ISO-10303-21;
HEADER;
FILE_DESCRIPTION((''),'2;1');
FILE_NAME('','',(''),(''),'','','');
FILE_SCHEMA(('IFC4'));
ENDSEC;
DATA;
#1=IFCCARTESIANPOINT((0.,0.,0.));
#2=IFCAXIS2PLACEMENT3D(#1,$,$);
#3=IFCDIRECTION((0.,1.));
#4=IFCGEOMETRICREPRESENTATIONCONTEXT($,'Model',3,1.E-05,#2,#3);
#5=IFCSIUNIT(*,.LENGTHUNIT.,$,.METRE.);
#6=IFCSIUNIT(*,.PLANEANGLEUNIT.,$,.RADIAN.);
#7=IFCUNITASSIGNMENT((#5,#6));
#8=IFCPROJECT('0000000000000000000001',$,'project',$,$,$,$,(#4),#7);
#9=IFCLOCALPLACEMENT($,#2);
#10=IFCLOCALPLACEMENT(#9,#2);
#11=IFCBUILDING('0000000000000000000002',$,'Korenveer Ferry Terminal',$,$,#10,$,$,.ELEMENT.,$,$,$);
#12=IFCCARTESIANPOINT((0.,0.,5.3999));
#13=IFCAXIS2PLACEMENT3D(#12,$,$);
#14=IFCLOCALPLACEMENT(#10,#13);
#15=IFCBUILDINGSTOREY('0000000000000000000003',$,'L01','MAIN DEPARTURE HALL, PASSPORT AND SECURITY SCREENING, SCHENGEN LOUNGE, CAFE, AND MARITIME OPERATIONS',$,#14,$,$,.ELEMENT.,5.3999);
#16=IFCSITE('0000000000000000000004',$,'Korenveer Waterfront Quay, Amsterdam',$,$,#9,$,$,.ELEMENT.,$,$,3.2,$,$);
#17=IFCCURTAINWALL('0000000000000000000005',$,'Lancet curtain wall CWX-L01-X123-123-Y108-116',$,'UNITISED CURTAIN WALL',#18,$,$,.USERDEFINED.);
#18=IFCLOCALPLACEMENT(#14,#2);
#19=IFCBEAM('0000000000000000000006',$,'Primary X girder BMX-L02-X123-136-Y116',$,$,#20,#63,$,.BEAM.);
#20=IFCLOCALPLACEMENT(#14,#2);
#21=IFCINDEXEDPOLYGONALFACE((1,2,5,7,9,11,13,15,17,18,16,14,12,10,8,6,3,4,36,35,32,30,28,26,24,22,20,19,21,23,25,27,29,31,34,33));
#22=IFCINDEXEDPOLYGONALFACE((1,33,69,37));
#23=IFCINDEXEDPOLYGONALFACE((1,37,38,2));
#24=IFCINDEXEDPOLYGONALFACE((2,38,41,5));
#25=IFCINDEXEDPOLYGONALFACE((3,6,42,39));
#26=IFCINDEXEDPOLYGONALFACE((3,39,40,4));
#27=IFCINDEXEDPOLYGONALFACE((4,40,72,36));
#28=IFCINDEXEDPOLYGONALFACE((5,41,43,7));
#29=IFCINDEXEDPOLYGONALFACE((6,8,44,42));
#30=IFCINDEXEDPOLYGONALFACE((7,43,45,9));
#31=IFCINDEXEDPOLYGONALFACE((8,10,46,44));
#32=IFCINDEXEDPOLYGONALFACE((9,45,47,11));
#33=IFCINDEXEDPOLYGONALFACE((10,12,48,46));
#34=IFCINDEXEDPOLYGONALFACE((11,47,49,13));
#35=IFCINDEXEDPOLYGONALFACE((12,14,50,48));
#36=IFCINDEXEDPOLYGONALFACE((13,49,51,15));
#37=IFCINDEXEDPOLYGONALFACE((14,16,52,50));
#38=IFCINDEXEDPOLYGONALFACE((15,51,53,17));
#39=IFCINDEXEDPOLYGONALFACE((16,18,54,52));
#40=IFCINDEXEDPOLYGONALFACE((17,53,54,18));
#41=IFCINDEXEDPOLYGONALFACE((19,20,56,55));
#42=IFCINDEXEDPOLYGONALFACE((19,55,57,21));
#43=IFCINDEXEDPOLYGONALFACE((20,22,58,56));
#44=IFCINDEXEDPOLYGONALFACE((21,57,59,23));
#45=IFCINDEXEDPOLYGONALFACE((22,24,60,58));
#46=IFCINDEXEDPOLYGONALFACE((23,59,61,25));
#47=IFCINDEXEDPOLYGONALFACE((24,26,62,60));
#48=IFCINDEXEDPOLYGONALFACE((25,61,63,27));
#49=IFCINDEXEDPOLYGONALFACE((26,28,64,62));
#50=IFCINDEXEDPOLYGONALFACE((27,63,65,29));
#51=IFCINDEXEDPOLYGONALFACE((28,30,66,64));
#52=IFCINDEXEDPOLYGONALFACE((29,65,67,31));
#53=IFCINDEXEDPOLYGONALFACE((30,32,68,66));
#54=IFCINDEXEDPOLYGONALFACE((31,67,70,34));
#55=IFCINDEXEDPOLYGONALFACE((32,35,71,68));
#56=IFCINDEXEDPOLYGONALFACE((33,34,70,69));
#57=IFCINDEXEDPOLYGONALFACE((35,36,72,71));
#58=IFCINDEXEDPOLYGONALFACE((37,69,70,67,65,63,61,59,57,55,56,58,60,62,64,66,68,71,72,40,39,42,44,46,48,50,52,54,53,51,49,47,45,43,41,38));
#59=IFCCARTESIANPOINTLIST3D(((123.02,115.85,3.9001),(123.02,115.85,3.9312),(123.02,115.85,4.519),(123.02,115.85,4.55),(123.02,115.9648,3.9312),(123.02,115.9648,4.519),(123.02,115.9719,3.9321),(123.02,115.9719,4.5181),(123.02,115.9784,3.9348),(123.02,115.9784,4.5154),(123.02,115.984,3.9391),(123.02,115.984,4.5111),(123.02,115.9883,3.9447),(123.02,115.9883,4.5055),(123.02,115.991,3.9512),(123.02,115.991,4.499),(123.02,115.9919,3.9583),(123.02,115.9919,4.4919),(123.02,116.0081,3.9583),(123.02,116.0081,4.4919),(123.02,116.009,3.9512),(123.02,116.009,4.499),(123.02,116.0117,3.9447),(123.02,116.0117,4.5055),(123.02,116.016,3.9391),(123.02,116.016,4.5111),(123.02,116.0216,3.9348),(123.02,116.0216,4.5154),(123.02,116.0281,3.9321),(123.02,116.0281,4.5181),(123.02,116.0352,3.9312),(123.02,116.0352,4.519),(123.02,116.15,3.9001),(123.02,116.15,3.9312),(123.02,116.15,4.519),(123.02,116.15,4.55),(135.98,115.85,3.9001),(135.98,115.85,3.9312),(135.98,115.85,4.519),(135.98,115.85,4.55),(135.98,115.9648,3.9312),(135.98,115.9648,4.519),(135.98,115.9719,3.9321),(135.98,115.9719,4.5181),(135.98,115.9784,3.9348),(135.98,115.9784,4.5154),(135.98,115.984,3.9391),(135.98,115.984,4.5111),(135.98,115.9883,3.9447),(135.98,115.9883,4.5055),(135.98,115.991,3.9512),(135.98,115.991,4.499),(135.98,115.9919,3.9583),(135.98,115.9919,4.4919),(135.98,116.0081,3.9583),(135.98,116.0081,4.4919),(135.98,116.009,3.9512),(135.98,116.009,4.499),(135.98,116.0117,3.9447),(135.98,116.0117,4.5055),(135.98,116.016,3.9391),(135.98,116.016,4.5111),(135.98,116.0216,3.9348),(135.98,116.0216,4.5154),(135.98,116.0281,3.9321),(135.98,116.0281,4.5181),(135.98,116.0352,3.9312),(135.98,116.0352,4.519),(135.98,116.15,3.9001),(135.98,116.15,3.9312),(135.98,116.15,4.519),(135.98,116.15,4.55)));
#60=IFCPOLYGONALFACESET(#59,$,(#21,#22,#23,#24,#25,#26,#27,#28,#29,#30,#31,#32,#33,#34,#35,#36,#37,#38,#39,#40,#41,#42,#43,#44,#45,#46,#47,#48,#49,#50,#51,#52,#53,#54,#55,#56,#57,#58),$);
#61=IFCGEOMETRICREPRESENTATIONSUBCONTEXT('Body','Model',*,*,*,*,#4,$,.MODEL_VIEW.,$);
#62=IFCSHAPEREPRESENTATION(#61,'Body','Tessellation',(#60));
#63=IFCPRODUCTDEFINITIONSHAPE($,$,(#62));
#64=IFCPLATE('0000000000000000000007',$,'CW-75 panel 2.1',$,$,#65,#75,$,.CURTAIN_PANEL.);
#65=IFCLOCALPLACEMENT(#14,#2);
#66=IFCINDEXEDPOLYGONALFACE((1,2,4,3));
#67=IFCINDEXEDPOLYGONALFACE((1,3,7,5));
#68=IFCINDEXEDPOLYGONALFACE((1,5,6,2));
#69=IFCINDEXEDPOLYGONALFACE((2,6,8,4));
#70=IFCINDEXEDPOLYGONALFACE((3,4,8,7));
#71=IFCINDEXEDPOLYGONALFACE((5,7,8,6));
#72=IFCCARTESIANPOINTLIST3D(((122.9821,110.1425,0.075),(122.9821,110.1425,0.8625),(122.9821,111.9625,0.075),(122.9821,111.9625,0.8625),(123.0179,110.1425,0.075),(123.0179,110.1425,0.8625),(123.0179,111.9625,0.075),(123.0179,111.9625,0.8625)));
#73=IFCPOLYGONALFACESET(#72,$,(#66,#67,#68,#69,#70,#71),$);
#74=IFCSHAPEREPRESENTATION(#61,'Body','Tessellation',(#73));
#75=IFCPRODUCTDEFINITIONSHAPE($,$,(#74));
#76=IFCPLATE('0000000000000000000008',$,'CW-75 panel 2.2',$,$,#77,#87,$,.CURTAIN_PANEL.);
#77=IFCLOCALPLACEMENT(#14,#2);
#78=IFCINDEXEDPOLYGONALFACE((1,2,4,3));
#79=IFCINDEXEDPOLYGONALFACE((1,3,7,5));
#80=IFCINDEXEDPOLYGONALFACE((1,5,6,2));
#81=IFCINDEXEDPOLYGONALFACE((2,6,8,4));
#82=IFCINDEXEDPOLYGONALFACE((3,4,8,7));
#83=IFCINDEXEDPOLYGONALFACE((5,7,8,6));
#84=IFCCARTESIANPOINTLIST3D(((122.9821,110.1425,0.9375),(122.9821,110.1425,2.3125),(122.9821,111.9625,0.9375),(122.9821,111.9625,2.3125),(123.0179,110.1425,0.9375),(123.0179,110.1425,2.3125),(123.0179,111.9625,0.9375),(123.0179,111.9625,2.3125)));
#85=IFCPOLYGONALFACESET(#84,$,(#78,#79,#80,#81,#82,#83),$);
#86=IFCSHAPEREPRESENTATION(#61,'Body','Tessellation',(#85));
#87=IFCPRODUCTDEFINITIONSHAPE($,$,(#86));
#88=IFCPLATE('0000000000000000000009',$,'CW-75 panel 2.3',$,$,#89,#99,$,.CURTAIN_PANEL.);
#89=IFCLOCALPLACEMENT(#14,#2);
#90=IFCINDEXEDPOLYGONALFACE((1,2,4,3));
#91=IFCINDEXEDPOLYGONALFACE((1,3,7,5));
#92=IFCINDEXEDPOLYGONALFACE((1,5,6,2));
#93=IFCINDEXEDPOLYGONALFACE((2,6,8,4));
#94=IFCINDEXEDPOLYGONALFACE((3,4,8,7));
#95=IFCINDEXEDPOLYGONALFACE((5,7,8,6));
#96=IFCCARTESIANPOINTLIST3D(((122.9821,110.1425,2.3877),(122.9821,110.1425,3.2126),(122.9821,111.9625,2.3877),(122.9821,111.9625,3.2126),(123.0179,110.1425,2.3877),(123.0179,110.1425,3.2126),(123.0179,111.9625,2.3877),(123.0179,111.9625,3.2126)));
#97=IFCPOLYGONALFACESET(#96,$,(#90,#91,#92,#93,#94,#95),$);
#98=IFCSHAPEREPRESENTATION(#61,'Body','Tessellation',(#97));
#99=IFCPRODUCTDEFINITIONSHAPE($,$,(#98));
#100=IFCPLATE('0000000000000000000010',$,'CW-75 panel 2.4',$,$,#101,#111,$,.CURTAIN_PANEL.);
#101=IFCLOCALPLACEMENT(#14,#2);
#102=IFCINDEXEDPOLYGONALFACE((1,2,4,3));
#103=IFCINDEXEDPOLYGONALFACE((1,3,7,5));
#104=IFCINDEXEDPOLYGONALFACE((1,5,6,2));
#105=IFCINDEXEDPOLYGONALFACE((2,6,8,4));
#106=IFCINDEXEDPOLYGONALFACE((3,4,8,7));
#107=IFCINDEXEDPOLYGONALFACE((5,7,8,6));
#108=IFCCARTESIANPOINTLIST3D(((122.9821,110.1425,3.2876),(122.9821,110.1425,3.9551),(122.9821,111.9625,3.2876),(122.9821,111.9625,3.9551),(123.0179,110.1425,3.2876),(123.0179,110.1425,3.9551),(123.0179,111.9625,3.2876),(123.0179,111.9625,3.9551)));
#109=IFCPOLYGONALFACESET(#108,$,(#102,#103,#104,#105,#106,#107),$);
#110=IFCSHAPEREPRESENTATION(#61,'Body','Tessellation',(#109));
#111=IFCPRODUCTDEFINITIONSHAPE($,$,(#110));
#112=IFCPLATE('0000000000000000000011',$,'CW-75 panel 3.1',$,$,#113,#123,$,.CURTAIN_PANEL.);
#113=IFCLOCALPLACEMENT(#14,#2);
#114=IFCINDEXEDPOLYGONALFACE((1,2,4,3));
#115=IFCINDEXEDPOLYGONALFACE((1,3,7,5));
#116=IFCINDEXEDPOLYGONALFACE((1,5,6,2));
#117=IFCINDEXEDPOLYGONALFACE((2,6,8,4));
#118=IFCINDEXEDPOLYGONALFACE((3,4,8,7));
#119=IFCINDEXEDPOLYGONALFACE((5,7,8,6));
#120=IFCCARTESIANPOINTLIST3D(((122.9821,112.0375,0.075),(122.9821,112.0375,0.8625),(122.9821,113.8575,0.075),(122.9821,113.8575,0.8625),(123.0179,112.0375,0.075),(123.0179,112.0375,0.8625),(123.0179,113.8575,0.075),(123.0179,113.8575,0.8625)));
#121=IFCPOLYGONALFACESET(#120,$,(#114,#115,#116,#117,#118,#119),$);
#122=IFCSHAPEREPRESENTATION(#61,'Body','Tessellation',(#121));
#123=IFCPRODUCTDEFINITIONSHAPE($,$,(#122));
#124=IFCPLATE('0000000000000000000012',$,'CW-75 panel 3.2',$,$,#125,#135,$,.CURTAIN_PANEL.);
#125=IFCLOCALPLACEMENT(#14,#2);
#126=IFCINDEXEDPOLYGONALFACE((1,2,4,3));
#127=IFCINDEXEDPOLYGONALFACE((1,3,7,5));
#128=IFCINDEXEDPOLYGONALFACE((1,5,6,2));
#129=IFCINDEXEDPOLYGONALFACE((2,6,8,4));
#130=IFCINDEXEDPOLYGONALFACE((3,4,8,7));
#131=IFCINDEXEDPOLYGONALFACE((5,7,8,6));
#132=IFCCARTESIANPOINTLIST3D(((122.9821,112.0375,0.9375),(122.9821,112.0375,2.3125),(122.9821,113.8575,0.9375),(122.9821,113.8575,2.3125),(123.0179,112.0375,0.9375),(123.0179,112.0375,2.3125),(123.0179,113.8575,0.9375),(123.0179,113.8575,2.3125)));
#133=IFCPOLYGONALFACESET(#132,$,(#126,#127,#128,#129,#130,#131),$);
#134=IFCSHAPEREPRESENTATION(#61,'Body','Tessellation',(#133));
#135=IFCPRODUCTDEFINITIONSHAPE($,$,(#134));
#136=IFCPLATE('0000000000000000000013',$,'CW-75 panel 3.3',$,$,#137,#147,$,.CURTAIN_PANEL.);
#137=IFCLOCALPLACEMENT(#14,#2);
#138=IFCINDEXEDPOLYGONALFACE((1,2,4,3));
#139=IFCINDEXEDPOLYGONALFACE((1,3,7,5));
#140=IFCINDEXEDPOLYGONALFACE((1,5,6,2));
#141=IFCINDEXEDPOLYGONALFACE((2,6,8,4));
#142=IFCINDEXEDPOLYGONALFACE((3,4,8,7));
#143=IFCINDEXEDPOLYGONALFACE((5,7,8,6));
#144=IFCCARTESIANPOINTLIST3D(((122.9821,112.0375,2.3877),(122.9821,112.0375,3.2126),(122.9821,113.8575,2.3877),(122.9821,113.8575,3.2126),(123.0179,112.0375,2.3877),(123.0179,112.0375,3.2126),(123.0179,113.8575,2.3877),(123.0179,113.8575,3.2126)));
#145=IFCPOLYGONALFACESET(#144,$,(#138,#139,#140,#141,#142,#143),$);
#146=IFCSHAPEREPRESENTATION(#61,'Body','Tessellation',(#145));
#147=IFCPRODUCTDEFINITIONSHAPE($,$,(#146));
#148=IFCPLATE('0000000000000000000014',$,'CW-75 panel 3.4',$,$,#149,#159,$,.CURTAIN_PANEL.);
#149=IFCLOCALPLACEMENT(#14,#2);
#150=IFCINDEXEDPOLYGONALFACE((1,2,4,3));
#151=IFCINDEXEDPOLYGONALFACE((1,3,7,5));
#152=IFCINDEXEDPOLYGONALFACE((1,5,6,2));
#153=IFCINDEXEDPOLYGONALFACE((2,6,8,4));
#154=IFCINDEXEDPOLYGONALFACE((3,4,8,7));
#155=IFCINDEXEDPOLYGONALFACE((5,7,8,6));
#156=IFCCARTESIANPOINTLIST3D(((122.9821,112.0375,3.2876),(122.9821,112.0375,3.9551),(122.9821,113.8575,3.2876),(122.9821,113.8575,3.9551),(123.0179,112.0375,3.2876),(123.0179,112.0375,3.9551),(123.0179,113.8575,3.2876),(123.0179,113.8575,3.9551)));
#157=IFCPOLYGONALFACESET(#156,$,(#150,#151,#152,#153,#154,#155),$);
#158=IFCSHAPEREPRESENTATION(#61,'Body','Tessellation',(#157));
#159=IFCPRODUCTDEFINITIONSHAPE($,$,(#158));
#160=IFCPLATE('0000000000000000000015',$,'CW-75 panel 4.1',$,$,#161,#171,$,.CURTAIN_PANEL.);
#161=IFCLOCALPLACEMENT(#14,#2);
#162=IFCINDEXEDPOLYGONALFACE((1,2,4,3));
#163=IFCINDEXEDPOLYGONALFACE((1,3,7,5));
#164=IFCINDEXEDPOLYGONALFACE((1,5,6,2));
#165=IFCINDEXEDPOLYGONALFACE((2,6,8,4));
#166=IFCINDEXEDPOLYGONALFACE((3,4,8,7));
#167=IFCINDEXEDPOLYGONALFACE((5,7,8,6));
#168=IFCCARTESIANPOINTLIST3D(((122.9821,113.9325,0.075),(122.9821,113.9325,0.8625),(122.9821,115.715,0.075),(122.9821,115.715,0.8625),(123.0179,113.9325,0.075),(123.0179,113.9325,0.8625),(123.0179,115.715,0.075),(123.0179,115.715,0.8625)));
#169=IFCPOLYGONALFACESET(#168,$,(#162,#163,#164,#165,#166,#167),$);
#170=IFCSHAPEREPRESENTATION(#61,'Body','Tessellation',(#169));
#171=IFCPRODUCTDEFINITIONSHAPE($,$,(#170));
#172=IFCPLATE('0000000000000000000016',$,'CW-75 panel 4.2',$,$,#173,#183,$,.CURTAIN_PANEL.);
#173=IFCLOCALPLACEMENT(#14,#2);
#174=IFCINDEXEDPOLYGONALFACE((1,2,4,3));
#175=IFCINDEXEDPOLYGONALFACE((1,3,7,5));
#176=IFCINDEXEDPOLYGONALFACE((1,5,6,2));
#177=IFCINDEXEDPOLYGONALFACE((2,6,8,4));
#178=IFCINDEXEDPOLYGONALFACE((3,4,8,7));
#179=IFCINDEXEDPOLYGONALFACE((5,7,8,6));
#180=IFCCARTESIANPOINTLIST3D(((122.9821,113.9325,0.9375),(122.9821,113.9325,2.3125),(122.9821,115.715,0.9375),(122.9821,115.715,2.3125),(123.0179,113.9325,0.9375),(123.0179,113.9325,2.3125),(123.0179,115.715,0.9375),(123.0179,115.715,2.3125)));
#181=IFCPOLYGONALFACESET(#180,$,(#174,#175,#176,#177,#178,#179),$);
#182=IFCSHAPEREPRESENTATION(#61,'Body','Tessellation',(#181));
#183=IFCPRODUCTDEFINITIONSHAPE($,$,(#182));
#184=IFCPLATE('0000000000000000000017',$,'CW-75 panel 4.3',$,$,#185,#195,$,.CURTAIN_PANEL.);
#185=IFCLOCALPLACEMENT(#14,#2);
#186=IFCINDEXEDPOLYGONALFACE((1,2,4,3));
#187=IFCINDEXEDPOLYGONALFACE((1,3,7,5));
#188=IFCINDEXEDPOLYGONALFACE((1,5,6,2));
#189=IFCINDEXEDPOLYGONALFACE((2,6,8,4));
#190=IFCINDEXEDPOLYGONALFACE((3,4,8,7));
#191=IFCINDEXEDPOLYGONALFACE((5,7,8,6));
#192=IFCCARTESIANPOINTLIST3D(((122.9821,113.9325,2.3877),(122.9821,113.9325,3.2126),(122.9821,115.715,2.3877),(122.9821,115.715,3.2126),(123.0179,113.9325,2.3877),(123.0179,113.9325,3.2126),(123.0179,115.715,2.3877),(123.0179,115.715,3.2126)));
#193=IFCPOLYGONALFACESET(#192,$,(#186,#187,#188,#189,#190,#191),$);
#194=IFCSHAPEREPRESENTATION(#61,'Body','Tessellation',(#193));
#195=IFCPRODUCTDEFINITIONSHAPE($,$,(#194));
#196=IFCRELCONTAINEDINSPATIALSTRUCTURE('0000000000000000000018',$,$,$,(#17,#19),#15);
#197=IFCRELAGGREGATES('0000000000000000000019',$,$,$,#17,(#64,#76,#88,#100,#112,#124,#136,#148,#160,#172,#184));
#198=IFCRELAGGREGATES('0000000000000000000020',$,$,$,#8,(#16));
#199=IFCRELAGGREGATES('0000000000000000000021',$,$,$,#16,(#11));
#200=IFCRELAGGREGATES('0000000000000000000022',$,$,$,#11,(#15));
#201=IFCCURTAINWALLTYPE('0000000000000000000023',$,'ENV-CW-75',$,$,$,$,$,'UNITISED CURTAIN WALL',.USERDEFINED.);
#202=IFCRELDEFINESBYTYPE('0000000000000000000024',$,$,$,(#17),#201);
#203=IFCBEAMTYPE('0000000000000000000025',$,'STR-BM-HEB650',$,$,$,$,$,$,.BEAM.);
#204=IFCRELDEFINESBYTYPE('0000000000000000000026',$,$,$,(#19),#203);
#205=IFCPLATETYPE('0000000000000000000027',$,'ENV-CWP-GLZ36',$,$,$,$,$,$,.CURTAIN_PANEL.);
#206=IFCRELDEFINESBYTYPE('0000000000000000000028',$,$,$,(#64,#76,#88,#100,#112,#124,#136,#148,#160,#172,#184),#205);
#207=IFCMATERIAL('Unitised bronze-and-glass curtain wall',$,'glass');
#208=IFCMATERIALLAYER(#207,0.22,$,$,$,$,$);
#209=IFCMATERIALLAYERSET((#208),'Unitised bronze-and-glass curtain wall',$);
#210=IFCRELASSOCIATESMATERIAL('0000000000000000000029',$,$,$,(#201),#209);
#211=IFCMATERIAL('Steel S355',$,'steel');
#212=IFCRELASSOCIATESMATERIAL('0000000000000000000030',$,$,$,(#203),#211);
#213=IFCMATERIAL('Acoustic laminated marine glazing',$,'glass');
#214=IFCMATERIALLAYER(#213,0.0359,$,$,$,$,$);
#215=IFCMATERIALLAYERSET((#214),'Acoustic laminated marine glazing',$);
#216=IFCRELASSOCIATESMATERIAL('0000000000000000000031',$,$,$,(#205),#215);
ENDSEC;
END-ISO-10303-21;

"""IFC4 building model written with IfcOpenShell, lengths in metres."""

from ifc_helpers import new_model, si_unit, direction, frame, origin, origin_2d, place, context, subcontext, project, spatial, rectangle, i_section, extrude, material, layer, layer_set, material_profile, profile_set, type_object, element, aggregate, save


model = new_model("IFC4")

# Units and contexts
model_context = context("Model", 3, precision=1e-05, world=origin(), true_north=direction((0.0, 1.0)))
body_context = subcontext(model_context, "Body", "Model", "MODEL_VIEW")
ifc_project = project(units=[si_unit("LENGTHUNIT", "METRE"), si_unit("PLANEANGLEUNIT", "RADIAN")], contexts=[model_context])

# Site, building, storey
site_placement = place(None, origin())
site = spatial("IfcSite", under=ifc_project, at=site_placement, Name="Korenveer Waterfront Quay, Amsterdam", CompositionType="ELEMENT", RefElevation=3.2)
building_placement = place(site_placement, origin())
building = spatial("IfcBuilding", under=site, at=building_placement, Name="Korenveer Ferry Terminal", CompositionType="ELEMENT")
storey_placement = place(building_placement, frame((0.0, 0.0, 5.3999)))
storey = spatial("IfcBuildingStorey", under=building, at=storey_placement, Name="L01", Description="MAIN DEPARTURE HALL, PASSPORT AND SECURITY SCREENING, SCHENGEN LOUNGE, CAFE, AND MARITIME OPERATIONS", CompositionType="ELEMENT", Elevation=5.3999)

# Shared definitions
ifc_material_1 = material(Name="Steel S355", Category="steel")

# Shared definitions
ifc_material_2 = material(Name="Unitised bronze-and-glass curtain wall", Category="glass")

# Curtain wall
ifc_layer_1 = layer(ifc_material_2, 0.22)
ifc_layer_set_1 = layer_set([ifc_layer_1], Name="Unitised bronze-and-glass curtain wall")
curtain_wall_type_1 = type_object("IfcCurtainWallType", Name="ENV-CW-75", ElementType="UNITISED CURTAIN WALL", PredefinedType="USERDEFINED", material=ifc_layer_set_1)
curtain_wall_1_placement = place(storey_placement, frame((123.0, 108.21, 0.0)))
curtain_wall_1 = element("IfcCurtainWall", 1, at=curtain_wall_1_placement, inside=storey, type_object=curtain_wall_type_1, Name="Lancet curtain wall CWX-L01-X123-123-Y108-116", ObjectType="UNITISED CURTAIN WALL", PredefinedType="USERDEFINED")

# Beam
ifc_material_profile_1 = material_profile(ifc_material_1, i_section(OverallWidth=0.3, OverallDepth=0.6499, WebThickness=0.0161, FlangeThickness=0.031, FilletRadius=0.0271, at=origin_2d()), Name="HEB 650")
ifc_profile_set_1 = profile_set([ifc_material_profile_1], Name="Steel S355")
beam_type = type_object("IfcBeamType", Name="STR-BM-HEB650", PredefinedType="BEAM", material=ifc_profile_set_1)
beam_placement = place(storey_placement, frame((123.02, 116.0, 4.2251), z_axis=(1.0, 0.0, 0.0), x_axis=(0.0, 1.0, 0.0)))
element("IfcBeam", 2, at=beam_placement, inside=storey, type_object=beam_type, Name="Primary X girder BMX-L02-X123-136-Y116", PredefinedType="BEAM", context=body_context, shape_type="SweptSolid", body=[
    extrude(i_section(OverallWidth=0.3, OverallDepth=0.6499, WebThickness=0.0161, FlangeThickness=0.031, FilletRadius=0.0271, at=origin_2d()), origin(), (0.0, 0.0, 1.0), 12.96),
])

# Plates
ifc_material_3 = material(Name="Acoustic laminated marine glazing", Category="glass")
ifc_layer_2 = layer(ifc_material_3, 0.0359)
ifc_layer_set_2 = layer_set([ifc_layer_2], Name="Acoustic laminated marine glazing")
plate_type = type_object("IfcPlateType", Name="ENV-CWP-GLZ36", PredefinedType="CURTAIN_PANEL", material=ifc_layer_set_2)
plate_1_placement = place(storey_placement, frame((123.0, 111.0525, 0.075), z_axis=(0.0, 0.0, 1.0), x_axis=(0.0, 1.0, 0.0)))
plate_1 = element("IfcPlate", 3, at=plate_1_placement, type_object=plate_type, Name="CW-75 panel 2.1", PredefinedType="CURTAIN_PANEL", context=body_context, shape_type="SweptSolid", body=[
    extrude(rectangle(XDim=1.8201, YDim=0.0359, at=origin_2d()), origin(), (0.0, 0.0, 1.0), 0.7876),
])
plate_2_placement = place(storey_placement, frame((123.0, 111.0525, 0.9375), z_axis=(0.0, 0.0, 1.0), x_axis=(0.0, 1.0, 0.0)))
plate_2 = element("IfcPlate", 4, at=plate_2_placement, type_object=plate_type, Name="CW-75 panel 2.2", PredefinedType="CURTAIN_PANEL", context=body_context, shape_type="SweptSolid", body=[
    extrude(rectangle(XDim=1.8201, YDim=0.0359, at=origin_2d()), origin(), (0.0, 0.0, 1.0), 1.375),
])
plate_3_placement = place(storey_placement, frame((123.0, 111.0525, 2.3877), z_axis=(0.0, 0.0, 1.0), x_axis=(0.0, 1.0, 0.0)))
plate_3 = element("IfcPlate", 5, at=plate_3_placement, type_object=plate_type, Name="CW-75 panel 2.3", PredefinedType="CURTAIN_PANEL", context=body_context, shape_type="SweptSolid", body=[
    extrude(rectangle(XDim=1.8201, YDim=0.0359, at=origin_2d()), origin(), (0.0, 0.0, 1.0), 0.825),
])
plate_4_placement = place(storey_placement, frame((123.0, 111.0525, 3.2876), z_axis=(0.0, 0.0, 1.0), x_axis=(0.0, 1.0, 0.0)))
plate_4 = element("IfcPlate", 6, at=plate_4_placement, type_object=plate_type, Name="CW-75 panel 2.4", PredefinedType="CURTAIN_PANEL", context=body_context, shape_type="SweptSolid", body=[
    extrude(rectangle(XDim=1.8201, YDim=0.0359, at=origin_2d()), origin(), (0.0, 0.0, 1.0), 0.6675),
])
plate_5_placement = place(storey_placement, frame((123.0, 112.9475, 0.075), z_axis=(0.0, 0.0, 1.0), x_axis=(0.0, 1.0, 0.0)))
plate_5 = element("IfcPlate", 7, at=plate_5_placement, type_object=plate_type, Name="CW-75 panel 3.1", PredefinedType="CURTAIN_PANEL", context=body_context, shape_type="SweptSolid", body=[
    extrude(rectangle(XDim=1.8201, YDim=0.0359, at=origin_2d()), origin(), (0.0, 0.0, 1.0), 0.7876),
])
plate_6_placement = place(storey_placement, frame((123.0, 112.9475, 0.9375), z_axis=(0.0, 0.0, 1.0), x_axis=(0.0, 1.0, 0.0)))
plate_6 = element("IfcPlate", 8, at=plate_6_placement, type_object=plate_type, Name="CW-75 panel 3.2", PredefinedType="CURTAIN_PANEL", context=body_context, shape_type="SweptSolid", body=[
    extrude(rectangle(XDim=1.8201, YDim=0.0359, at=origin_2d()), origin(), (0.0, 0.0, 1.0), 1.375),
])
plate_7_placement = place(storey_placement, frame((123.0, 112.9475, 2.3877), z_axis=(0.0, 0.0, 1.0), x_axis=(0.0, 1.0, 0.0)))
plate_7 = element("IfcPlate", 9, at=plate_7_placement, type_object=plate_type, Name="CW-75 panel 3.3", PredefinedType="CURTAIN_PANEL", context=body_context, shape_type="SweptSolid", body=[
    extrude(rectangle(XDim=1.8201, YDim=0.0359, at=origin_2d()), origin(), (0.0, 0.0, 1.0), 0.825),
])
plate_8_placement = place(storey_placement, frame((123.0, 112.9475, 3.2876), z_axis=(0.0, 0.0, 1.0), x_axis=(0.0, 1.0, 0.0)))
plate_8 = element("IfcPlate", 10, at=plate_8_placement, type_object=plate_type, Name="CW-75 panel 3.4", PredefinedType="CURTAIN_PANEL", context=body_context, shape_type="SweptSolid", body=[
    extrude(rectangle(XDim=1.8201, YDim=0.0359, at=origin_2d()), origin(), (0.0, 0.0, 1.0), 0.6675),
])
plate_9_placement = place(storey_placement, frame((123.0, 114.8237, 0.075), z_axis=(0.0, 0.0, 1.0), x_axis=(0.0, 1.0, 0.0)))
plate_9 = element("IfcPlate", 11, at=plate_9_placement, type_object=plate_type, Name="CW-75 panel 4.1", PredefinedType="CURTAIN_PANEL", context=body_context, shape_type="SweptSolid", body=[
    extrude(rectangle(XDim=1.7825, YDim=0.0359, at=origin_2d()), origin(), (0.0, 0.0, 1.0), 0.7876),
])
plate_10_placement = place(storey_placement, frame((123.0, 114.8237, 0.9375), z_axis=(0.0, 0.0, 1.0), x_axis=(0.0, 1.0, 0.0)))
plate_10 = element("IfcPlate", 12, at=plate_10_placement, type_object=plate_type, Name="CW-75 panel 4.2", PredefinedType="CURTAIN_PANEL", context=body_context, shape_type="SweptSolid", body=[
    extrude(rectangle(XDim=1.7825, YDim=0.0359, at=origin_2d()), origin(), (0.0, 0.0, 1.0), 1.375),
])
plate_11_placement = place(storey_placement, frame((123.0, 114.8237, 2.3877), z_axis=(0.0, 0.0, 1.0), x_axis=(0.0, 1.0, 0.0)))
plate_11 = element("IfcPlate", 13, at=plate_11_placement, type_object=plate_type, Name="CW-75 panel 4.3", PredefinedType="CURTAIN_PANEL", context=body_context, shape_type="SweptSolid", body=[
    extrude(rectangle(XDim=1.7825, YDim=0.0359, at=origin_2d()), origin(), (0.0, 0.0, 1.0), 0.825),
])
aggregate(curtain_wall_1, [plate_1, plate_2, plate_3, plate_4, plate_5, plate_6, plate_7, plate_8, plate_9, plate_10, plate_11])

save(model, "model.ifc")
